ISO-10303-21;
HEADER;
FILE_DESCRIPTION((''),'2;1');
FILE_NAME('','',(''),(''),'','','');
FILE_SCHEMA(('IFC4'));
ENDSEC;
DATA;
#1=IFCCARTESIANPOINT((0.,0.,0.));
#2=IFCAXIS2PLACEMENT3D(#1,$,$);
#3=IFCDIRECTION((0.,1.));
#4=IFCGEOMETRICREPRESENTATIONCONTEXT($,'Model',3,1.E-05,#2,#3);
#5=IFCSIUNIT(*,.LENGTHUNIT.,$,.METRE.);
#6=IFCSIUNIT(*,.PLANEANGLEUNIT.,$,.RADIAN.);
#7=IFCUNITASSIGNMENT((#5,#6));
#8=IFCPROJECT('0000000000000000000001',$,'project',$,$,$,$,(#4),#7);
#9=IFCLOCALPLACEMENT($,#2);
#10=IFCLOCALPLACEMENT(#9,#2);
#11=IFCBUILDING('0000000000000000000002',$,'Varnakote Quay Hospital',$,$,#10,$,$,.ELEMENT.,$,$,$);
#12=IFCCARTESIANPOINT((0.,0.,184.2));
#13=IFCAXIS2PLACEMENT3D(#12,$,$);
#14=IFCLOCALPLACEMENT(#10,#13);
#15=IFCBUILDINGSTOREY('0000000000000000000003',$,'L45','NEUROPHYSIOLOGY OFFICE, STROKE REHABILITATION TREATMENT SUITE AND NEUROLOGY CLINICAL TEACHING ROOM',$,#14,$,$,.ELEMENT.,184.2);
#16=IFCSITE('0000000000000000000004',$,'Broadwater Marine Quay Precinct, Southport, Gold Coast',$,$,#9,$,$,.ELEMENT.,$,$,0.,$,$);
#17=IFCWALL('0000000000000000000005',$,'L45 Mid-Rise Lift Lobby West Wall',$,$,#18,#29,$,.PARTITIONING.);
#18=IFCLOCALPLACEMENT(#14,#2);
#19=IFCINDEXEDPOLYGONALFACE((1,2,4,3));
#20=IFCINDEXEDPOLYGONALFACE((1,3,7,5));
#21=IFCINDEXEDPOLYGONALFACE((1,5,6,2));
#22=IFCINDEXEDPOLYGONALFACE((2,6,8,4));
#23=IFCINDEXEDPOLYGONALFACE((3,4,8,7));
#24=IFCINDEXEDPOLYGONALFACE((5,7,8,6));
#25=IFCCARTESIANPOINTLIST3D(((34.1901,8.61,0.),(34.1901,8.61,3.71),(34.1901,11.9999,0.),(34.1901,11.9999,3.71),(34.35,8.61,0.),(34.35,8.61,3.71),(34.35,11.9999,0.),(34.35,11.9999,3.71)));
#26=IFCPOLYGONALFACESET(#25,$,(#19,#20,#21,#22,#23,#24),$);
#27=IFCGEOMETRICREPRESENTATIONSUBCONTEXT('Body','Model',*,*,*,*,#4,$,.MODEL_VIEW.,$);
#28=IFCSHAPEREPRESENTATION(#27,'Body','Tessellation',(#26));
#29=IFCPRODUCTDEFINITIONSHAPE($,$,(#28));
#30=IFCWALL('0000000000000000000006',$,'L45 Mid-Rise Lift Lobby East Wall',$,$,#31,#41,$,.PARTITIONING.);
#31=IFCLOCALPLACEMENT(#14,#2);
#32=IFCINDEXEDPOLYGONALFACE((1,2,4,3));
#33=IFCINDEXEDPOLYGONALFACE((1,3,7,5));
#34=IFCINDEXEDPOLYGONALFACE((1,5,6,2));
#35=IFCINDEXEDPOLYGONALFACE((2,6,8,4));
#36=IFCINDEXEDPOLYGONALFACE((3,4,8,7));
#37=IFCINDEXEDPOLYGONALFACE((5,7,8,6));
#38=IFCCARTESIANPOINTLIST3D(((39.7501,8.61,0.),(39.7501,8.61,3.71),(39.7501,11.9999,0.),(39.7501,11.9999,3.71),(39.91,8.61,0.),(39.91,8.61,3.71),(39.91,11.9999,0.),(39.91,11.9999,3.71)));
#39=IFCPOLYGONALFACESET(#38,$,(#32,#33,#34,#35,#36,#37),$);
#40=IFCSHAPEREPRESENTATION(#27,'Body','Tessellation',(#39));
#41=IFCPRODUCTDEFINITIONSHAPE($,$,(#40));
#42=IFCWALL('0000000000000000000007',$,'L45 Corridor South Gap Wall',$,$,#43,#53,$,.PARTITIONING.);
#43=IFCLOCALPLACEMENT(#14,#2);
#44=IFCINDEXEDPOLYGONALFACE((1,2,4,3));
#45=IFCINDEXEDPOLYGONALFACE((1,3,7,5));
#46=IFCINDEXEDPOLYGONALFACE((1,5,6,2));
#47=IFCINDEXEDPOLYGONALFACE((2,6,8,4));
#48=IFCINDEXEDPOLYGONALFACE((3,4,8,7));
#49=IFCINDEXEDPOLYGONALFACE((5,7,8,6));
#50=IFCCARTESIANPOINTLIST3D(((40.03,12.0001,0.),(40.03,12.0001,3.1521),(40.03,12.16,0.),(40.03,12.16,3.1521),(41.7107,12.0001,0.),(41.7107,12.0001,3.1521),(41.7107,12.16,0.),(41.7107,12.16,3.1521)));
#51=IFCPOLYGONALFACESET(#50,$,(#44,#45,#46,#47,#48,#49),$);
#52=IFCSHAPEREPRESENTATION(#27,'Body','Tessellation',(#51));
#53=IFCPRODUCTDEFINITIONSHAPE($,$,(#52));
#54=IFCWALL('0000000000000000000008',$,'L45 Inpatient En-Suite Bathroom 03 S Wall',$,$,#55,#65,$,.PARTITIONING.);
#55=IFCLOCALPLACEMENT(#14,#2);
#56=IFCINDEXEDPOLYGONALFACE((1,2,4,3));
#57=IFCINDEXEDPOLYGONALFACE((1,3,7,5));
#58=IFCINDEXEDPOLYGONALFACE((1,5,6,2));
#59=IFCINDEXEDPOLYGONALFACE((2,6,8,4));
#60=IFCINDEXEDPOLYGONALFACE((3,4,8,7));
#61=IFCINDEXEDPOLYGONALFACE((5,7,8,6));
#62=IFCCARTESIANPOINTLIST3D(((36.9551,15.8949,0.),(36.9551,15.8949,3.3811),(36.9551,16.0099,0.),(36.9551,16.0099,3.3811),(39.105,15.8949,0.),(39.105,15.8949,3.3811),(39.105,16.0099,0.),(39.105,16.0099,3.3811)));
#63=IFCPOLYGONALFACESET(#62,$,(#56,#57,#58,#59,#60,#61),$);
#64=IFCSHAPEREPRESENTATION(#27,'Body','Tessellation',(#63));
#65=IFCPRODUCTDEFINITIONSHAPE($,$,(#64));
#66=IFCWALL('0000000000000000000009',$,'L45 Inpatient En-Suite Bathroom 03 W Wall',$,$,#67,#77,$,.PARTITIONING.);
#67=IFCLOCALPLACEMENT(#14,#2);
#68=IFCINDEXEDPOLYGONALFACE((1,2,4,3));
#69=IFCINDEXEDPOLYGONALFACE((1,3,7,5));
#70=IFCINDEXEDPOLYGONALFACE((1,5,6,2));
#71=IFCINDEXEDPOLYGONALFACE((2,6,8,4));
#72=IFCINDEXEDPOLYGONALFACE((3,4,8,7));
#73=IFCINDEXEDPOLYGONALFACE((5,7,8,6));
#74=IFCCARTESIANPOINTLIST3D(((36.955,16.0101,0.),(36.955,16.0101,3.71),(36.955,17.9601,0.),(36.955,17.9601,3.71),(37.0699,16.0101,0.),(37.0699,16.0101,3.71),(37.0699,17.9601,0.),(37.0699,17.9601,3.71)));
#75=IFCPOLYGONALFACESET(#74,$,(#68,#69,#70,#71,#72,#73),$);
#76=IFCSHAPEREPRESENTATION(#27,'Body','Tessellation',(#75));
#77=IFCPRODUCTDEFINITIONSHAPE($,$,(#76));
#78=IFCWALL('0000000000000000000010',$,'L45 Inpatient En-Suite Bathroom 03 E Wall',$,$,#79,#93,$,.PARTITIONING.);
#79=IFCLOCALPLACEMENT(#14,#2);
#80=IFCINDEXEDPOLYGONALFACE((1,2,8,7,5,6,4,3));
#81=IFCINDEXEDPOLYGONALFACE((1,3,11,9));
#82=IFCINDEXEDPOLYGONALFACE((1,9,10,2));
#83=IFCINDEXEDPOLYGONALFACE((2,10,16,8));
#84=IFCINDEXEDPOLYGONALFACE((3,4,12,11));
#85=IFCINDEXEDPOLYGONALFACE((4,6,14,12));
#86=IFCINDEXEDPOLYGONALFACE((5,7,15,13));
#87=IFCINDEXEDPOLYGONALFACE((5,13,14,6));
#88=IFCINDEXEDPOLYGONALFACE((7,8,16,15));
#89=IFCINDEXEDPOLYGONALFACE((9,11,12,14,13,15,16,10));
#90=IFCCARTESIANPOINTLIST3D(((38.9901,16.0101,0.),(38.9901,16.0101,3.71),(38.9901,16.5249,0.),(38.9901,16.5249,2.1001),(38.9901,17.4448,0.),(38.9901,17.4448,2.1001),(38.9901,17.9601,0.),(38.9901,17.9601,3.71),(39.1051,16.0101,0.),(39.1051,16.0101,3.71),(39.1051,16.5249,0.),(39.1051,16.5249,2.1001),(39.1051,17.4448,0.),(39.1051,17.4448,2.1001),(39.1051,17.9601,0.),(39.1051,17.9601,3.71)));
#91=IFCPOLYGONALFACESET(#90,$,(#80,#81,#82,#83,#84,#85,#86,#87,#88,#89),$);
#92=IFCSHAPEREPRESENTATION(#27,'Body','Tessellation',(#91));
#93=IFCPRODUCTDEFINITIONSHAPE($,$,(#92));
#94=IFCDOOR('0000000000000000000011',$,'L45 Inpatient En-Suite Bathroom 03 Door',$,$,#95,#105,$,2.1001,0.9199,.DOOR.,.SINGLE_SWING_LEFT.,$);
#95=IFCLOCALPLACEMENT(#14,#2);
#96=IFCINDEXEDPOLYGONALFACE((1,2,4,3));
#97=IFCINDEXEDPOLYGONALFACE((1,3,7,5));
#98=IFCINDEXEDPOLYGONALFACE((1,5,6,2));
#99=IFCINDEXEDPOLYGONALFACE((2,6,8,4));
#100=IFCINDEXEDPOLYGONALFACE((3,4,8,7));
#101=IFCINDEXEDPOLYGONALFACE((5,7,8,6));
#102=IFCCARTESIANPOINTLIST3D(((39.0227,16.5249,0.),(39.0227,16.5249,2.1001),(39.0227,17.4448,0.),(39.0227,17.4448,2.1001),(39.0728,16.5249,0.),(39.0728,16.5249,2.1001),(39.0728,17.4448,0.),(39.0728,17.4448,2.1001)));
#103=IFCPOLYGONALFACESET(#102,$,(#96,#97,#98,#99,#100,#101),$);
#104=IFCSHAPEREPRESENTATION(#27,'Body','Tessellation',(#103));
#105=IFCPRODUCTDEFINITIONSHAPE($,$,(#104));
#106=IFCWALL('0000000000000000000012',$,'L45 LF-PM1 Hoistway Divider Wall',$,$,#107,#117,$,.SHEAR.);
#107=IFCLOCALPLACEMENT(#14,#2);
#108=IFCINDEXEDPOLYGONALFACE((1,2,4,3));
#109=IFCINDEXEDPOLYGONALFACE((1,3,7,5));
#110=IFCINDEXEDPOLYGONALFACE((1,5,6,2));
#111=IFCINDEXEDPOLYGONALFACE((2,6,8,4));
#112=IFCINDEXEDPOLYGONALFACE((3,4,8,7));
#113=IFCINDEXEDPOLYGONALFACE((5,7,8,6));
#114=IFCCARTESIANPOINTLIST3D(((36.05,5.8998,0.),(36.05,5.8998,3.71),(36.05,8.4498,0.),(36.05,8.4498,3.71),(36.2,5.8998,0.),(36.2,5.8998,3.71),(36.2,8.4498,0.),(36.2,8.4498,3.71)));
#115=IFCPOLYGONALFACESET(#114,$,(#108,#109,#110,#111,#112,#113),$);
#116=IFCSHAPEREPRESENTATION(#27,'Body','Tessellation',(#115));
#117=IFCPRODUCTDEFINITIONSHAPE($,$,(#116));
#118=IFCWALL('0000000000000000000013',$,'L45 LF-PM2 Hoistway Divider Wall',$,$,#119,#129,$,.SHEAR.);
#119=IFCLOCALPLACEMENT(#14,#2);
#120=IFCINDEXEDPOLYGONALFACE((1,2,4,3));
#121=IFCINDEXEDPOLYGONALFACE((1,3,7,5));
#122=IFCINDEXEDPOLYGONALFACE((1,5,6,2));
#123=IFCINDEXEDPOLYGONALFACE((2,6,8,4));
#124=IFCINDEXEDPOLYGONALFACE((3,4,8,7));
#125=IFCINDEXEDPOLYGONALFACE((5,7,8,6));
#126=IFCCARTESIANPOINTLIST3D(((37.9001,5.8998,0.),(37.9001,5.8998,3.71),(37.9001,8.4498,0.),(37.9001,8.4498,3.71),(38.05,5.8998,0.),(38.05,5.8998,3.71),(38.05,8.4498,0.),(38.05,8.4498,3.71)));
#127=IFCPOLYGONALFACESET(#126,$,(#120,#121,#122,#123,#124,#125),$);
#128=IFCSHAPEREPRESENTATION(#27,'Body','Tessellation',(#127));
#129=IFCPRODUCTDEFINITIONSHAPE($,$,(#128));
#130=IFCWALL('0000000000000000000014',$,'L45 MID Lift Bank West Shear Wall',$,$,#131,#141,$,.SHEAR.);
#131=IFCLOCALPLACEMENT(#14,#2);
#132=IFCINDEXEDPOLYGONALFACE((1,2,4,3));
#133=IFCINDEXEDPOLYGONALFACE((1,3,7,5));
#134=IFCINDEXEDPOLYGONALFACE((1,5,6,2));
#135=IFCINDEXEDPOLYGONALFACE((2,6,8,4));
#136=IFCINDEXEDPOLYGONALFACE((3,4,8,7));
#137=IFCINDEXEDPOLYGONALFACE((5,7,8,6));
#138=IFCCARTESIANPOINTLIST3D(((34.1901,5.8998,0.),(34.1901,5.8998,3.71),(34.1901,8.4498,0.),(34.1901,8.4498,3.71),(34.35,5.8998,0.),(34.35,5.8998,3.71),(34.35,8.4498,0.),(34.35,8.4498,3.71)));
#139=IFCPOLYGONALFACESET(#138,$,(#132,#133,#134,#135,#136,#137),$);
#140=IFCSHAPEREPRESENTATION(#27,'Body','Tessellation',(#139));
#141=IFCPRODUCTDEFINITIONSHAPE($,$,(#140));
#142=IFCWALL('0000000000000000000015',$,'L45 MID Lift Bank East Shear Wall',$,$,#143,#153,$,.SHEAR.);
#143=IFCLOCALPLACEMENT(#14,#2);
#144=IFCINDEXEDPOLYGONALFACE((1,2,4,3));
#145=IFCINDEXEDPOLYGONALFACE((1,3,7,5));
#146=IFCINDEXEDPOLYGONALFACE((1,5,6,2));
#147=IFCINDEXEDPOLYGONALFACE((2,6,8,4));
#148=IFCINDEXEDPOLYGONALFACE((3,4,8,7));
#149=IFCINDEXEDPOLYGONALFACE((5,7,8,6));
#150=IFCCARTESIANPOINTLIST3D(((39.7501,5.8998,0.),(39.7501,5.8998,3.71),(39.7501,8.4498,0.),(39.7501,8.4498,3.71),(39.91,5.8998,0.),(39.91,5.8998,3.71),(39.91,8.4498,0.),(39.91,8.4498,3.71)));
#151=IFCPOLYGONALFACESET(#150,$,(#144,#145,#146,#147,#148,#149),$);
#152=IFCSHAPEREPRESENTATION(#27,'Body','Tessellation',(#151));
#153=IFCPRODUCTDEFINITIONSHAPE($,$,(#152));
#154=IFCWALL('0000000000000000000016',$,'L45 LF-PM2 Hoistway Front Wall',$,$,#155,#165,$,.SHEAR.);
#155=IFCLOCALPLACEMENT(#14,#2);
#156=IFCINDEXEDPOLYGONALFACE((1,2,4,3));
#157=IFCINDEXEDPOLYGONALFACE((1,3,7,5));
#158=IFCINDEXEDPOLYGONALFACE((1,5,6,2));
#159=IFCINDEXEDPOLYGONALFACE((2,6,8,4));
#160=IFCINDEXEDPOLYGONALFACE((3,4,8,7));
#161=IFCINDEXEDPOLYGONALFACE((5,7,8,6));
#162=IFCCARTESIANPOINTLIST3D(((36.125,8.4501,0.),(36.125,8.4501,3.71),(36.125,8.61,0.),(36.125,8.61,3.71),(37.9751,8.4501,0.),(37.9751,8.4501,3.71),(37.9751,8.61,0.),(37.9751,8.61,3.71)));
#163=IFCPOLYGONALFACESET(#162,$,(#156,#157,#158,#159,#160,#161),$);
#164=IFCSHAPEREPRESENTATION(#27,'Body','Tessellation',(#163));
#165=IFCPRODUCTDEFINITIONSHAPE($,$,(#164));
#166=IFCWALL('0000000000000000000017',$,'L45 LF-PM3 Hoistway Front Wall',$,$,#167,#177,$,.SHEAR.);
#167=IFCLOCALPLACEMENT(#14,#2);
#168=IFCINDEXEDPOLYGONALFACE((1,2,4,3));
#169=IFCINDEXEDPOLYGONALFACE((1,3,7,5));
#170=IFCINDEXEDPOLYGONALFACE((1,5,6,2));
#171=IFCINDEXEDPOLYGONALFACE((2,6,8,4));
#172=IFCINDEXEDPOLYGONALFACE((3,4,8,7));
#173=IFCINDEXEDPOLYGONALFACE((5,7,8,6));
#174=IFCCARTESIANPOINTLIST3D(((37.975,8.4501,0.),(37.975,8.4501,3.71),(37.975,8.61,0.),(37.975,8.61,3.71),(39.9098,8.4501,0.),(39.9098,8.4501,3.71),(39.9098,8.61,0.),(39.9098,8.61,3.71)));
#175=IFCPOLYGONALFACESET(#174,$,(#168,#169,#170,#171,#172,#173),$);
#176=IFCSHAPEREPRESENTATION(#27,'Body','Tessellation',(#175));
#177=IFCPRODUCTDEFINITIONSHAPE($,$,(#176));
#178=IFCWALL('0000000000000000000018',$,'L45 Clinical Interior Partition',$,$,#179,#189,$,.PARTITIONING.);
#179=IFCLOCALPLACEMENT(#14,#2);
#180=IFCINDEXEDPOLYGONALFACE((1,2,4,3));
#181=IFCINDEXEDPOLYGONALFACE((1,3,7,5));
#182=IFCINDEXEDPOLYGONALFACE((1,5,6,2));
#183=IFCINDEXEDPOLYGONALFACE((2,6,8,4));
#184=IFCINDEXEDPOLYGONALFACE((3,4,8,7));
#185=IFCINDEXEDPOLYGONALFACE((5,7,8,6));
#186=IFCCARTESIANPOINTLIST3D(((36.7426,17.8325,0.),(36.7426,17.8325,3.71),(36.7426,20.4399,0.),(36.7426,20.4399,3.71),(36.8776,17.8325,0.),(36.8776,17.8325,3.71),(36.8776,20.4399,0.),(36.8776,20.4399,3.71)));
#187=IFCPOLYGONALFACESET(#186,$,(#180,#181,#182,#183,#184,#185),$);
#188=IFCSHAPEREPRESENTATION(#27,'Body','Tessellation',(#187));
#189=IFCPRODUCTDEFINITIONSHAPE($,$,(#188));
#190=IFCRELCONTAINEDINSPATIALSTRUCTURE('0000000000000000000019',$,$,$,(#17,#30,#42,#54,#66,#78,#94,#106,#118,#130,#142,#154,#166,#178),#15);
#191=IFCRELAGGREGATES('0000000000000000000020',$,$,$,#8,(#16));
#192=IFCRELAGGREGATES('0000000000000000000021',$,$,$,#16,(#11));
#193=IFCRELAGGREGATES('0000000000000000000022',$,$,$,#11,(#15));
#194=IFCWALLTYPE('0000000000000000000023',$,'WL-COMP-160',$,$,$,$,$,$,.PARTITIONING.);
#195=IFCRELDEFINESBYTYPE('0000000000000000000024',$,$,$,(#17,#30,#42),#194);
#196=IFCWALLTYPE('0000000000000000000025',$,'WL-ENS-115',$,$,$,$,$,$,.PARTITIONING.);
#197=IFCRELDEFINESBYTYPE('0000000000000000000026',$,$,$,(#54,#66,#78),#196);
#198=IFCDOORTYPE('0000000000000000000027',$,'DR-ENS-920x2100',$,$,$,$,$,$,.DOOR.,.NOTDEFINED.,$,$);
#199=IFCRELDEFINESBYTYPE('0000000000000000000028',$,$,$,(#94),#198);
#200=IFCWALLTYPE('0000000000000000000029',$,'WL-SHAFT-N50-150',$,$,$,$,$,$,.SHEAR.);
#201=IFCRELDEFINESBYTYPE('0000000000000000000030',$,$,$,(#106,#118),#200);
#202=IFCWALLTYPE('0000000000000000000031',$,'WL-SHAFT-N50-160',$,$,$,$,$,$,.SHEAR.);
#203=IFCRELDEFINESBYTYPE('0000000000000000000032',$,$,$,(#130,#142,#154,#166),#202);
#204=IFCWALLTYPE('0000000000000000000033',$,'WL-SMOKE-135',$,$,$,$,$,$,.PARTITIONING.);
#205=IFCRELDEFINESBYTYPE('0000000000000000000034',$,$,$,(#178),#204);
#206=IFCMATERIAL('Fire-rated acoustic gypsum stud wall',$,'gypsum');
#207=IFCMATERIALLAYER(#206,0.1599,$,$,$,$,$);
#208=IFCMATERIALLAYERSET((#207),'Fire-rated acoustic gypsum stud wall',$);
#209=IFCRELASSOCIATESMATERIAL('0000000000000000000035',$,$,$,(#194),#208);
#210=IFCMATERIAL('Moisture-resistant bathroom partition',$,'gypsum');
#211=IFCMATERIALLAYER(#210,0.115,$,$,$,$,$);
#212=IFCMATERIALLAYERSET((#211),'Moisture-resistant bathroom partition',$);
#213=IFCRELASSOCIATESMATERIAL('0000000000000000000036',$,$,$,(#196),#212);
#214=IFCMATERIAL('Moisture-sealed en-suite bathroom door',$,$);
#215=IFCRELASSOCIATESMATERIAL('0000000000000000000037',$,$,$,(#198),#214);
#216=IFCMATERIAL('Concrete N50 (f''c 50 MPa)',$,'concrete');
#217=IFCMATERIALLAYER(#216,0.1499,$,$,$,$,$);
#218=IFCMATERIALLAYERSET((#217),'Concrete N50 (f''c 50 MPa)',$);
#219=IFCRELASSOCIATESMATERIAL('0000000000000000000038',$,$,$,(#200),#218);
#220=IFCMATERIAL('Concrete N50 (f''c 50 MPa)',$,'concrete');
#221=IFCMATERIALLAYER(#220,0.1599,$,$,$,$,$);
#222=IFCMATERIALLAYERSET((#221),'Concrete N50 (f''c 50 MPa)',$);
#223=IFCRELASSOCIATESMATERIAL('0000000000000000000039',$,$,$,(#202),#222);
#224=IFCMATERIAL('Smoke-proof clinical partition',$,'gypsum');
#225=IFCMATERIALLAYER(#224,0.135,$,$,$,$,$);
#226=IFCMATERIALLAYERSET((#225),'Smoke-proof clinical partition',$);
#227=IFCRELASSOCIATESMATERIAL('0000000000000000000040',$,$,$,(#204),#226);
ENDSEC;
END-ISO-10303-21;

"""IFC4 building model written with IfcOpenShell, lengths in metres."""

from ifc_helpers import new_model, si_unit, direction, frame, frame_2d, origin, place, context, subcontext, project, spatial, rectangle, extrude, material, layer, layer_set, type_object, element, fill, save


model = new_model("IFC4")

# Units and contexts
model_context = context("Model", 3, precision=1e-05, world=origin(), true_north=direction((0.0, 1.0)))
body_context = subcontext(model_context, "Body", "Model", "MODEL_VIEW")
ifc_project = project(units=[si_unit("LENGTHUNIT", "METRE"), si_unit("PLANEANGLEUNIT", "RADIAN")], contexts=[model_context])

# Site, building, storey
site_placement = place(None, origin())
site = spatial("IfcSite", under=ifc_project, at=site_placement, Name="Broadwater Marine Quay Precinct, Southport, Gold Coast", CompositionType="ELEMENT", RefElevation=0.0)
building_placement = place(site_placement, origin())
building = spatial("IfcBuilding", under=site, at=building_placement, Name="Varnakote Quay Hospital", CompositionType="ELEMENT")
storey_placement = place(building_placement, frame((0.0, 0.0, 184.2)))
storey = spatial("IfcBuildingStorey", under=building, at=storey_placement, Name="L45", Description="NEUROPHYSIOLOGY OFFICE, STROKE REHABILITATION TREATMENT SUITE AND NEUROLOGY CLINICAL TEACHING ROOM", CompositionType="ELEMENT", Elevation=184.2)

# Walls
ifc_material_1 = material(Name="Fire-rated acoustic gypsum stud wall", Category="gypsum")
ifc_layer_1 = layer(ifc_material_1, 0.1599)
ifc_layer_set_1 = layer_set([ifc_layer_1], Name="Fire-rated acoustic gypsum stud wall")
wall_type_1 = type_object("IfcWallType", Name="WL-COMP-160", PredefinedType="PARTITIONING", material=ifc_layer_set_1)
for number, where, z_axis, x_axis, name in (
    (1, (34.27, 8.6101, 0.0), (0.0, 0.0, 1.0), (0.0, 1.0, 0.0), "L45 Mid-Rise Lift Lobby West Wall"),
    (2, (39.8301, 8.6101, 0.0), (0.0, 0.0, 1.0), (0.0, 1.0, 0.0), "L45 Mid-Rise Lift Lobby East Wall"),
):
    element("IfcWall", number, at=place(storey_placement, frame(where, z_axis=z_axis, x_axis=x_axis)), inside=storey, type_object=wall_type_1, Name=name, PredefinedType="PARTITIONING", context=body_context, shape_type="SweptSolid", body=[
        extrude(rectangle(XDim=3.3899, YDim=0.1599, at=frame_2d((1.6948, 0.0))), origin(), (0.0, 0.0, 1.0), 3.71),
    ])
wall_1_placement = place(storey_placement, frame((40.03, 12.0801, 0.0), z_axis=(0.0, 0.0, 1.0), x_axis=(1.0, 0.0, 0.0)))
element("IfcWall", 3, at=wall_1_placement, inside=storey, type_object=wall_type_1, Name="L45 Corridor South Gap Wall", PredefinedType="PARTITIONING", context=body_context, shape_type="SweptSolid", body=[
    extrude(rectangle(XDim=1.6807, YDim=0.1599, at=frame_2d((0.8403, 0.0))), origin(), (0.0, 0.0, 1.0), 3.1521),
])
ifc_material_2 = material(Name="Moisture-resistant bathroom partition", Category="gypsum")
ifc_layer_2 = layer(ifc_material_2, 0.115)
ifc_layer_set_2 = layer_set([ifc_layer_2], Name="Moisture-resistant bathroom partition")
wall_type_2 = type_object("IfcWallType", Name="WL-ENS-115", PredefinedType="PARTITIONING", material=ifc_layer_set_2)
wall_2_placement = place(storey_placement, frame((36.9551, 15.9524, 0.0), z_axis=(0.0, 0.0, 1.0), x_axis=(1.0, 0.0, 0.0)))
element("IfcWall", 4, at=wall_2_placement, inside=storey, type_object=wall_type_2, Name="L45 Inpatient En-Suite Bathroom 03 S Wall", PredefinedType="PARTITIONING", context=body_context, shape_type="SweptSolid", body=[
    extrude(rectangle(XDim=2.1499, YDim=0.115, at=frame_2d((1.075, 0.0))), origin(), (0.0, 0.0, 1.0), 3.3811),
])
wall_3_placement = place(storey_placement, frame((37.0125, 16.01, 0.0), z_axis=(0.0, 0.0, 1.0), x_axis=(0.0, 1.0, 0.0)))
element("IfcWall", 5, at=wall_3_placement, inside=storey, type_object=wall_type_2, Name="L45 Inpatient En-Suite Bathroom 03 W Wall", PredefinedType="PARTITIONING", context=body_context, shape_type="SweptSolid", body=[
    extrude(rectangle(XDim=1.95, YDim=0.115, at=frame_2d((0.9751, 0.0))), origin(), (0.0, 0.0, 1.0), 3.71),
])

# Wall, opening, door
wall_4_placement = place(storey_placement, frame((39.0476, 16.01, 0.0), z_axis=(0.0, 0.0, 1.0), x_axis=(0.0, 1.0, 0.0)))
wall_4 = element("IfcWall", 6, at=wall_4_placement, inside=storey, type_object=wall_type_2, Name="L45 Inpatient En-Suite Bathroom 03 E Wall", PredefinedType="PARTITIONING", context=body_context, shape_type="SweptSolid", body=[
    extrude(rectangle(XDim=1.95, YDim=0.115, at=frame_2d((0.9751, 0.0))), origin(), (0.0, 0.0, 1.0), 3.71),
])
opening_1_placement = place(wall_4_placement, frame((0.5149, 0.0, 0.0)))
opening_1 = element("IfcOpeningElement", 7, at=opening_1_placement, cuts=wall_4, PredefinedType="OPENING", context=body_context, shape_type="SweptSolid", body=[
    extrude(rectangle(XDim=0.9199, YDim=2.1001, at=frame_2d((0.46, 1.05))), frame((0.0, 0.0674, 0.0), z_axis=(0.0, -1.0, 0.0), x_axis=(1.0, 0.0, 0.0)), (0.0, 0.0, 1.0), 0.135),
])
ifc_material_3 = material(Name="Moisture-sealed en-suite bathroom door")
door_type_1 = type_object("IfcDoorType", Name="DR-ENS-920x2100", OperationType="NOTDEFINED", PredefinedType="DOOR", material=ifc_material_3)
door_1_placement = place(opening_1_placement, origin())
door_1 = element("IfcDoor", 8, at=door_1_placement, inside=storey, type_object=door_type_1, Name="L45 Inpatient En-Suite Bathroom 03 Door", OperationType="SINGLE_SWING_LEFT", OverallHeight=2.1001, OverallWidth=0.9199, PredefinedType="DOOR", context=body_context, shape_type="SweptSolid", body=[
    extrude(rectangle(XDim=0.9199, YDim=2.1001, at=frame_2d((0.46, 1.05))), frame((0.0, 0.0249, 0.0), z_axis=(0.0, -1.0, 0.0), x_axis=(1.0, 0.0, 0.0)), (0.0, 0.0, 1.0), 0.05),
])
fill(opening_1, door_1)

# Walls
ifc_material_4 = material(Name="Concrete N50 (f'c 50 MPa)", Category="concrete")
ifc_layer_3 = layer(ifc_material_4, 0.1499)
ifc_layer_set_3 = layer_set([ifc_layer_3], Name="Concrete N50 (f'c 50 MPa)")
wall_type_3 = type_object("IfcWallType", Name="WL-SHAFT-N50-150", PredefinedType="SHEAR", material=ifc_layer_set_3)
for number, where, z_axis, x_axis, name in (
    (9, (36.125, 5.8999, 0.0), (0.0, 0.0, 1.0), (0.0, 1.0, 0.0), "L45 LF-PM1 Hoistway Divider Wall"),
    (10, (37.9751, 5.8999, 0.0), (0.0, 0.0, 1.0), (0.0, 1.0, 0.0), "L45 LF-PM2 Hoistway Divider Wall"),
):
    element("IfcWall", number, at=place(storey_placement, frame(where, z_axis=z_axis, x_axis=x_axis)), inside=storey, type_object=wall_type_3, Name=name, PredefinedType="SHEAR", context=body_context, shape_type="SweptSolid", body=[
        extrude(rectangle(XDim=2.55, YDim=0.1499, at=frame_2d((1.2749, 0.0))), origin(), (0.0, 0.0, 1.0), 3.71),
    ])
ifc_material_5 = material(Name="Concrete N50 (f'c 50 MPa)", Category="concrete")
ifc_layer_4 = layer(ifc_material_5, 0.1599)
ifc_layer_set_4 = layer_set([ifc_layer_4], Name="Concrete N50 (f'c 50 MPa)")
wall_type_4 = type_object("IfcWallType", Name="WL-SHAFT-N50-160", PredefinedType="SHEAR", material=ifc_layer_set_4)
for number, where, z_axis, x_axis, name in (
    (11, (34.27, 5.8999, 0.0), (0.0, 0.0, 1.0), (0.0, 1.0, 0.0), "L45 MID Lift Bank West Shear Wall"),
    (12, (39.8301, 5.8999, 0.0), (0.0, 0.0, 1.0), (0.0, 1.0, 0.0), "L45 MID Lift Bank East Shear Wall"),
):
    element("IfcWall", number, at=place(storey_placement, frame(where, z_axis=z_axis, x_axis=x_axis)), inside=storey, type_object=wall_type_4, Name=name, PredefinedType="SHEAR", context=body_context, shape_type="SweptSolid", body=[
        extrude(rectangle(XDim=2.55, YDim=0.1599, at=frame_2d((1.2749, 0.0))), origin(), (0.0, 0.0, 1.0), 3.71),
    ])
wall_5_placement = place(storey_placement, frame((36.125, 8.53, 0.0), z_axis=(0.0, 0.0, 1.0), x_axis=(1.0, 0.0, 0.0)))
element("IfcWall", 13, at=wall_5_placement, inside=storey, type_object=wall_type_4, Name="L45 LF-PM2 Hoistway Front Wall", PredefinedType="SHEAR", context=body_context, shape_type="SweptSolid", body=[
    extrude(rectangle(XDim=1.8501, YDim=0.1599, at=frame_2d((0.925, 0.0))), origin(), (0.0, 0.0, 1.0), 3.71),
])
wall_6_placement = place(storey_placement, frame((37.9751, 8.53, 0.0), z_axis=(0.0, 0.0, 1.0), x_axis=(1.0, 0.0, 0.0)))
element("IfcWall", 14, at=wall_6_placement, inside=storey, type_object=wall_type_4, Name="L45 LF-PM3 Hoistway Front Wall", PredefinedType="SHEAR", context=body_context, shape_type="SweptSolid", body=[
    extrude(rectangle(XDim=1.9348, YDim=0.1599, at=frame_2d((0.9673, 0.0))), origin(), (0.0, 0.0, 1.0), 3.71),
])
ifc_material_6 = material(Name="Smoke-proof clinical partition", Category="gypsum")
ifc_layer_5 = layer(ifc_material_6, 0.135)
ifc_layer_set_5 = layer_set([ifc_layer_5], Name="Smoke-proof clinical partition")
wall_type_5 = type_object("IfcWallType", Name="WL-SMOKE-135", PredefinedType="PARTITIONING", material=ifc_layer_set_5)
wall_7_placement = place(storey_placement, frame((36.8101, 17.8325, 0.0), z_axis=(0.0, 0.0, 1.0), x_axis=(0.0, 1.0, 0.0)))
element("IfcWall", 15, at=wall_7_placement, inside=storey, type_object=wall_type_5, Name="L45 Clinical Interior Partition", PredefinedType="PARTITIONING", context=body_context, shape_type="SweptSolid", body=[
    extrude(rectangle(XDim=2.6074, YDim=0.135, at=frame_2d((1.3037, 0.0))), origin(), (0.0, 0.0, 1.0), 3.71),
])

save(model, "model.ifc")
